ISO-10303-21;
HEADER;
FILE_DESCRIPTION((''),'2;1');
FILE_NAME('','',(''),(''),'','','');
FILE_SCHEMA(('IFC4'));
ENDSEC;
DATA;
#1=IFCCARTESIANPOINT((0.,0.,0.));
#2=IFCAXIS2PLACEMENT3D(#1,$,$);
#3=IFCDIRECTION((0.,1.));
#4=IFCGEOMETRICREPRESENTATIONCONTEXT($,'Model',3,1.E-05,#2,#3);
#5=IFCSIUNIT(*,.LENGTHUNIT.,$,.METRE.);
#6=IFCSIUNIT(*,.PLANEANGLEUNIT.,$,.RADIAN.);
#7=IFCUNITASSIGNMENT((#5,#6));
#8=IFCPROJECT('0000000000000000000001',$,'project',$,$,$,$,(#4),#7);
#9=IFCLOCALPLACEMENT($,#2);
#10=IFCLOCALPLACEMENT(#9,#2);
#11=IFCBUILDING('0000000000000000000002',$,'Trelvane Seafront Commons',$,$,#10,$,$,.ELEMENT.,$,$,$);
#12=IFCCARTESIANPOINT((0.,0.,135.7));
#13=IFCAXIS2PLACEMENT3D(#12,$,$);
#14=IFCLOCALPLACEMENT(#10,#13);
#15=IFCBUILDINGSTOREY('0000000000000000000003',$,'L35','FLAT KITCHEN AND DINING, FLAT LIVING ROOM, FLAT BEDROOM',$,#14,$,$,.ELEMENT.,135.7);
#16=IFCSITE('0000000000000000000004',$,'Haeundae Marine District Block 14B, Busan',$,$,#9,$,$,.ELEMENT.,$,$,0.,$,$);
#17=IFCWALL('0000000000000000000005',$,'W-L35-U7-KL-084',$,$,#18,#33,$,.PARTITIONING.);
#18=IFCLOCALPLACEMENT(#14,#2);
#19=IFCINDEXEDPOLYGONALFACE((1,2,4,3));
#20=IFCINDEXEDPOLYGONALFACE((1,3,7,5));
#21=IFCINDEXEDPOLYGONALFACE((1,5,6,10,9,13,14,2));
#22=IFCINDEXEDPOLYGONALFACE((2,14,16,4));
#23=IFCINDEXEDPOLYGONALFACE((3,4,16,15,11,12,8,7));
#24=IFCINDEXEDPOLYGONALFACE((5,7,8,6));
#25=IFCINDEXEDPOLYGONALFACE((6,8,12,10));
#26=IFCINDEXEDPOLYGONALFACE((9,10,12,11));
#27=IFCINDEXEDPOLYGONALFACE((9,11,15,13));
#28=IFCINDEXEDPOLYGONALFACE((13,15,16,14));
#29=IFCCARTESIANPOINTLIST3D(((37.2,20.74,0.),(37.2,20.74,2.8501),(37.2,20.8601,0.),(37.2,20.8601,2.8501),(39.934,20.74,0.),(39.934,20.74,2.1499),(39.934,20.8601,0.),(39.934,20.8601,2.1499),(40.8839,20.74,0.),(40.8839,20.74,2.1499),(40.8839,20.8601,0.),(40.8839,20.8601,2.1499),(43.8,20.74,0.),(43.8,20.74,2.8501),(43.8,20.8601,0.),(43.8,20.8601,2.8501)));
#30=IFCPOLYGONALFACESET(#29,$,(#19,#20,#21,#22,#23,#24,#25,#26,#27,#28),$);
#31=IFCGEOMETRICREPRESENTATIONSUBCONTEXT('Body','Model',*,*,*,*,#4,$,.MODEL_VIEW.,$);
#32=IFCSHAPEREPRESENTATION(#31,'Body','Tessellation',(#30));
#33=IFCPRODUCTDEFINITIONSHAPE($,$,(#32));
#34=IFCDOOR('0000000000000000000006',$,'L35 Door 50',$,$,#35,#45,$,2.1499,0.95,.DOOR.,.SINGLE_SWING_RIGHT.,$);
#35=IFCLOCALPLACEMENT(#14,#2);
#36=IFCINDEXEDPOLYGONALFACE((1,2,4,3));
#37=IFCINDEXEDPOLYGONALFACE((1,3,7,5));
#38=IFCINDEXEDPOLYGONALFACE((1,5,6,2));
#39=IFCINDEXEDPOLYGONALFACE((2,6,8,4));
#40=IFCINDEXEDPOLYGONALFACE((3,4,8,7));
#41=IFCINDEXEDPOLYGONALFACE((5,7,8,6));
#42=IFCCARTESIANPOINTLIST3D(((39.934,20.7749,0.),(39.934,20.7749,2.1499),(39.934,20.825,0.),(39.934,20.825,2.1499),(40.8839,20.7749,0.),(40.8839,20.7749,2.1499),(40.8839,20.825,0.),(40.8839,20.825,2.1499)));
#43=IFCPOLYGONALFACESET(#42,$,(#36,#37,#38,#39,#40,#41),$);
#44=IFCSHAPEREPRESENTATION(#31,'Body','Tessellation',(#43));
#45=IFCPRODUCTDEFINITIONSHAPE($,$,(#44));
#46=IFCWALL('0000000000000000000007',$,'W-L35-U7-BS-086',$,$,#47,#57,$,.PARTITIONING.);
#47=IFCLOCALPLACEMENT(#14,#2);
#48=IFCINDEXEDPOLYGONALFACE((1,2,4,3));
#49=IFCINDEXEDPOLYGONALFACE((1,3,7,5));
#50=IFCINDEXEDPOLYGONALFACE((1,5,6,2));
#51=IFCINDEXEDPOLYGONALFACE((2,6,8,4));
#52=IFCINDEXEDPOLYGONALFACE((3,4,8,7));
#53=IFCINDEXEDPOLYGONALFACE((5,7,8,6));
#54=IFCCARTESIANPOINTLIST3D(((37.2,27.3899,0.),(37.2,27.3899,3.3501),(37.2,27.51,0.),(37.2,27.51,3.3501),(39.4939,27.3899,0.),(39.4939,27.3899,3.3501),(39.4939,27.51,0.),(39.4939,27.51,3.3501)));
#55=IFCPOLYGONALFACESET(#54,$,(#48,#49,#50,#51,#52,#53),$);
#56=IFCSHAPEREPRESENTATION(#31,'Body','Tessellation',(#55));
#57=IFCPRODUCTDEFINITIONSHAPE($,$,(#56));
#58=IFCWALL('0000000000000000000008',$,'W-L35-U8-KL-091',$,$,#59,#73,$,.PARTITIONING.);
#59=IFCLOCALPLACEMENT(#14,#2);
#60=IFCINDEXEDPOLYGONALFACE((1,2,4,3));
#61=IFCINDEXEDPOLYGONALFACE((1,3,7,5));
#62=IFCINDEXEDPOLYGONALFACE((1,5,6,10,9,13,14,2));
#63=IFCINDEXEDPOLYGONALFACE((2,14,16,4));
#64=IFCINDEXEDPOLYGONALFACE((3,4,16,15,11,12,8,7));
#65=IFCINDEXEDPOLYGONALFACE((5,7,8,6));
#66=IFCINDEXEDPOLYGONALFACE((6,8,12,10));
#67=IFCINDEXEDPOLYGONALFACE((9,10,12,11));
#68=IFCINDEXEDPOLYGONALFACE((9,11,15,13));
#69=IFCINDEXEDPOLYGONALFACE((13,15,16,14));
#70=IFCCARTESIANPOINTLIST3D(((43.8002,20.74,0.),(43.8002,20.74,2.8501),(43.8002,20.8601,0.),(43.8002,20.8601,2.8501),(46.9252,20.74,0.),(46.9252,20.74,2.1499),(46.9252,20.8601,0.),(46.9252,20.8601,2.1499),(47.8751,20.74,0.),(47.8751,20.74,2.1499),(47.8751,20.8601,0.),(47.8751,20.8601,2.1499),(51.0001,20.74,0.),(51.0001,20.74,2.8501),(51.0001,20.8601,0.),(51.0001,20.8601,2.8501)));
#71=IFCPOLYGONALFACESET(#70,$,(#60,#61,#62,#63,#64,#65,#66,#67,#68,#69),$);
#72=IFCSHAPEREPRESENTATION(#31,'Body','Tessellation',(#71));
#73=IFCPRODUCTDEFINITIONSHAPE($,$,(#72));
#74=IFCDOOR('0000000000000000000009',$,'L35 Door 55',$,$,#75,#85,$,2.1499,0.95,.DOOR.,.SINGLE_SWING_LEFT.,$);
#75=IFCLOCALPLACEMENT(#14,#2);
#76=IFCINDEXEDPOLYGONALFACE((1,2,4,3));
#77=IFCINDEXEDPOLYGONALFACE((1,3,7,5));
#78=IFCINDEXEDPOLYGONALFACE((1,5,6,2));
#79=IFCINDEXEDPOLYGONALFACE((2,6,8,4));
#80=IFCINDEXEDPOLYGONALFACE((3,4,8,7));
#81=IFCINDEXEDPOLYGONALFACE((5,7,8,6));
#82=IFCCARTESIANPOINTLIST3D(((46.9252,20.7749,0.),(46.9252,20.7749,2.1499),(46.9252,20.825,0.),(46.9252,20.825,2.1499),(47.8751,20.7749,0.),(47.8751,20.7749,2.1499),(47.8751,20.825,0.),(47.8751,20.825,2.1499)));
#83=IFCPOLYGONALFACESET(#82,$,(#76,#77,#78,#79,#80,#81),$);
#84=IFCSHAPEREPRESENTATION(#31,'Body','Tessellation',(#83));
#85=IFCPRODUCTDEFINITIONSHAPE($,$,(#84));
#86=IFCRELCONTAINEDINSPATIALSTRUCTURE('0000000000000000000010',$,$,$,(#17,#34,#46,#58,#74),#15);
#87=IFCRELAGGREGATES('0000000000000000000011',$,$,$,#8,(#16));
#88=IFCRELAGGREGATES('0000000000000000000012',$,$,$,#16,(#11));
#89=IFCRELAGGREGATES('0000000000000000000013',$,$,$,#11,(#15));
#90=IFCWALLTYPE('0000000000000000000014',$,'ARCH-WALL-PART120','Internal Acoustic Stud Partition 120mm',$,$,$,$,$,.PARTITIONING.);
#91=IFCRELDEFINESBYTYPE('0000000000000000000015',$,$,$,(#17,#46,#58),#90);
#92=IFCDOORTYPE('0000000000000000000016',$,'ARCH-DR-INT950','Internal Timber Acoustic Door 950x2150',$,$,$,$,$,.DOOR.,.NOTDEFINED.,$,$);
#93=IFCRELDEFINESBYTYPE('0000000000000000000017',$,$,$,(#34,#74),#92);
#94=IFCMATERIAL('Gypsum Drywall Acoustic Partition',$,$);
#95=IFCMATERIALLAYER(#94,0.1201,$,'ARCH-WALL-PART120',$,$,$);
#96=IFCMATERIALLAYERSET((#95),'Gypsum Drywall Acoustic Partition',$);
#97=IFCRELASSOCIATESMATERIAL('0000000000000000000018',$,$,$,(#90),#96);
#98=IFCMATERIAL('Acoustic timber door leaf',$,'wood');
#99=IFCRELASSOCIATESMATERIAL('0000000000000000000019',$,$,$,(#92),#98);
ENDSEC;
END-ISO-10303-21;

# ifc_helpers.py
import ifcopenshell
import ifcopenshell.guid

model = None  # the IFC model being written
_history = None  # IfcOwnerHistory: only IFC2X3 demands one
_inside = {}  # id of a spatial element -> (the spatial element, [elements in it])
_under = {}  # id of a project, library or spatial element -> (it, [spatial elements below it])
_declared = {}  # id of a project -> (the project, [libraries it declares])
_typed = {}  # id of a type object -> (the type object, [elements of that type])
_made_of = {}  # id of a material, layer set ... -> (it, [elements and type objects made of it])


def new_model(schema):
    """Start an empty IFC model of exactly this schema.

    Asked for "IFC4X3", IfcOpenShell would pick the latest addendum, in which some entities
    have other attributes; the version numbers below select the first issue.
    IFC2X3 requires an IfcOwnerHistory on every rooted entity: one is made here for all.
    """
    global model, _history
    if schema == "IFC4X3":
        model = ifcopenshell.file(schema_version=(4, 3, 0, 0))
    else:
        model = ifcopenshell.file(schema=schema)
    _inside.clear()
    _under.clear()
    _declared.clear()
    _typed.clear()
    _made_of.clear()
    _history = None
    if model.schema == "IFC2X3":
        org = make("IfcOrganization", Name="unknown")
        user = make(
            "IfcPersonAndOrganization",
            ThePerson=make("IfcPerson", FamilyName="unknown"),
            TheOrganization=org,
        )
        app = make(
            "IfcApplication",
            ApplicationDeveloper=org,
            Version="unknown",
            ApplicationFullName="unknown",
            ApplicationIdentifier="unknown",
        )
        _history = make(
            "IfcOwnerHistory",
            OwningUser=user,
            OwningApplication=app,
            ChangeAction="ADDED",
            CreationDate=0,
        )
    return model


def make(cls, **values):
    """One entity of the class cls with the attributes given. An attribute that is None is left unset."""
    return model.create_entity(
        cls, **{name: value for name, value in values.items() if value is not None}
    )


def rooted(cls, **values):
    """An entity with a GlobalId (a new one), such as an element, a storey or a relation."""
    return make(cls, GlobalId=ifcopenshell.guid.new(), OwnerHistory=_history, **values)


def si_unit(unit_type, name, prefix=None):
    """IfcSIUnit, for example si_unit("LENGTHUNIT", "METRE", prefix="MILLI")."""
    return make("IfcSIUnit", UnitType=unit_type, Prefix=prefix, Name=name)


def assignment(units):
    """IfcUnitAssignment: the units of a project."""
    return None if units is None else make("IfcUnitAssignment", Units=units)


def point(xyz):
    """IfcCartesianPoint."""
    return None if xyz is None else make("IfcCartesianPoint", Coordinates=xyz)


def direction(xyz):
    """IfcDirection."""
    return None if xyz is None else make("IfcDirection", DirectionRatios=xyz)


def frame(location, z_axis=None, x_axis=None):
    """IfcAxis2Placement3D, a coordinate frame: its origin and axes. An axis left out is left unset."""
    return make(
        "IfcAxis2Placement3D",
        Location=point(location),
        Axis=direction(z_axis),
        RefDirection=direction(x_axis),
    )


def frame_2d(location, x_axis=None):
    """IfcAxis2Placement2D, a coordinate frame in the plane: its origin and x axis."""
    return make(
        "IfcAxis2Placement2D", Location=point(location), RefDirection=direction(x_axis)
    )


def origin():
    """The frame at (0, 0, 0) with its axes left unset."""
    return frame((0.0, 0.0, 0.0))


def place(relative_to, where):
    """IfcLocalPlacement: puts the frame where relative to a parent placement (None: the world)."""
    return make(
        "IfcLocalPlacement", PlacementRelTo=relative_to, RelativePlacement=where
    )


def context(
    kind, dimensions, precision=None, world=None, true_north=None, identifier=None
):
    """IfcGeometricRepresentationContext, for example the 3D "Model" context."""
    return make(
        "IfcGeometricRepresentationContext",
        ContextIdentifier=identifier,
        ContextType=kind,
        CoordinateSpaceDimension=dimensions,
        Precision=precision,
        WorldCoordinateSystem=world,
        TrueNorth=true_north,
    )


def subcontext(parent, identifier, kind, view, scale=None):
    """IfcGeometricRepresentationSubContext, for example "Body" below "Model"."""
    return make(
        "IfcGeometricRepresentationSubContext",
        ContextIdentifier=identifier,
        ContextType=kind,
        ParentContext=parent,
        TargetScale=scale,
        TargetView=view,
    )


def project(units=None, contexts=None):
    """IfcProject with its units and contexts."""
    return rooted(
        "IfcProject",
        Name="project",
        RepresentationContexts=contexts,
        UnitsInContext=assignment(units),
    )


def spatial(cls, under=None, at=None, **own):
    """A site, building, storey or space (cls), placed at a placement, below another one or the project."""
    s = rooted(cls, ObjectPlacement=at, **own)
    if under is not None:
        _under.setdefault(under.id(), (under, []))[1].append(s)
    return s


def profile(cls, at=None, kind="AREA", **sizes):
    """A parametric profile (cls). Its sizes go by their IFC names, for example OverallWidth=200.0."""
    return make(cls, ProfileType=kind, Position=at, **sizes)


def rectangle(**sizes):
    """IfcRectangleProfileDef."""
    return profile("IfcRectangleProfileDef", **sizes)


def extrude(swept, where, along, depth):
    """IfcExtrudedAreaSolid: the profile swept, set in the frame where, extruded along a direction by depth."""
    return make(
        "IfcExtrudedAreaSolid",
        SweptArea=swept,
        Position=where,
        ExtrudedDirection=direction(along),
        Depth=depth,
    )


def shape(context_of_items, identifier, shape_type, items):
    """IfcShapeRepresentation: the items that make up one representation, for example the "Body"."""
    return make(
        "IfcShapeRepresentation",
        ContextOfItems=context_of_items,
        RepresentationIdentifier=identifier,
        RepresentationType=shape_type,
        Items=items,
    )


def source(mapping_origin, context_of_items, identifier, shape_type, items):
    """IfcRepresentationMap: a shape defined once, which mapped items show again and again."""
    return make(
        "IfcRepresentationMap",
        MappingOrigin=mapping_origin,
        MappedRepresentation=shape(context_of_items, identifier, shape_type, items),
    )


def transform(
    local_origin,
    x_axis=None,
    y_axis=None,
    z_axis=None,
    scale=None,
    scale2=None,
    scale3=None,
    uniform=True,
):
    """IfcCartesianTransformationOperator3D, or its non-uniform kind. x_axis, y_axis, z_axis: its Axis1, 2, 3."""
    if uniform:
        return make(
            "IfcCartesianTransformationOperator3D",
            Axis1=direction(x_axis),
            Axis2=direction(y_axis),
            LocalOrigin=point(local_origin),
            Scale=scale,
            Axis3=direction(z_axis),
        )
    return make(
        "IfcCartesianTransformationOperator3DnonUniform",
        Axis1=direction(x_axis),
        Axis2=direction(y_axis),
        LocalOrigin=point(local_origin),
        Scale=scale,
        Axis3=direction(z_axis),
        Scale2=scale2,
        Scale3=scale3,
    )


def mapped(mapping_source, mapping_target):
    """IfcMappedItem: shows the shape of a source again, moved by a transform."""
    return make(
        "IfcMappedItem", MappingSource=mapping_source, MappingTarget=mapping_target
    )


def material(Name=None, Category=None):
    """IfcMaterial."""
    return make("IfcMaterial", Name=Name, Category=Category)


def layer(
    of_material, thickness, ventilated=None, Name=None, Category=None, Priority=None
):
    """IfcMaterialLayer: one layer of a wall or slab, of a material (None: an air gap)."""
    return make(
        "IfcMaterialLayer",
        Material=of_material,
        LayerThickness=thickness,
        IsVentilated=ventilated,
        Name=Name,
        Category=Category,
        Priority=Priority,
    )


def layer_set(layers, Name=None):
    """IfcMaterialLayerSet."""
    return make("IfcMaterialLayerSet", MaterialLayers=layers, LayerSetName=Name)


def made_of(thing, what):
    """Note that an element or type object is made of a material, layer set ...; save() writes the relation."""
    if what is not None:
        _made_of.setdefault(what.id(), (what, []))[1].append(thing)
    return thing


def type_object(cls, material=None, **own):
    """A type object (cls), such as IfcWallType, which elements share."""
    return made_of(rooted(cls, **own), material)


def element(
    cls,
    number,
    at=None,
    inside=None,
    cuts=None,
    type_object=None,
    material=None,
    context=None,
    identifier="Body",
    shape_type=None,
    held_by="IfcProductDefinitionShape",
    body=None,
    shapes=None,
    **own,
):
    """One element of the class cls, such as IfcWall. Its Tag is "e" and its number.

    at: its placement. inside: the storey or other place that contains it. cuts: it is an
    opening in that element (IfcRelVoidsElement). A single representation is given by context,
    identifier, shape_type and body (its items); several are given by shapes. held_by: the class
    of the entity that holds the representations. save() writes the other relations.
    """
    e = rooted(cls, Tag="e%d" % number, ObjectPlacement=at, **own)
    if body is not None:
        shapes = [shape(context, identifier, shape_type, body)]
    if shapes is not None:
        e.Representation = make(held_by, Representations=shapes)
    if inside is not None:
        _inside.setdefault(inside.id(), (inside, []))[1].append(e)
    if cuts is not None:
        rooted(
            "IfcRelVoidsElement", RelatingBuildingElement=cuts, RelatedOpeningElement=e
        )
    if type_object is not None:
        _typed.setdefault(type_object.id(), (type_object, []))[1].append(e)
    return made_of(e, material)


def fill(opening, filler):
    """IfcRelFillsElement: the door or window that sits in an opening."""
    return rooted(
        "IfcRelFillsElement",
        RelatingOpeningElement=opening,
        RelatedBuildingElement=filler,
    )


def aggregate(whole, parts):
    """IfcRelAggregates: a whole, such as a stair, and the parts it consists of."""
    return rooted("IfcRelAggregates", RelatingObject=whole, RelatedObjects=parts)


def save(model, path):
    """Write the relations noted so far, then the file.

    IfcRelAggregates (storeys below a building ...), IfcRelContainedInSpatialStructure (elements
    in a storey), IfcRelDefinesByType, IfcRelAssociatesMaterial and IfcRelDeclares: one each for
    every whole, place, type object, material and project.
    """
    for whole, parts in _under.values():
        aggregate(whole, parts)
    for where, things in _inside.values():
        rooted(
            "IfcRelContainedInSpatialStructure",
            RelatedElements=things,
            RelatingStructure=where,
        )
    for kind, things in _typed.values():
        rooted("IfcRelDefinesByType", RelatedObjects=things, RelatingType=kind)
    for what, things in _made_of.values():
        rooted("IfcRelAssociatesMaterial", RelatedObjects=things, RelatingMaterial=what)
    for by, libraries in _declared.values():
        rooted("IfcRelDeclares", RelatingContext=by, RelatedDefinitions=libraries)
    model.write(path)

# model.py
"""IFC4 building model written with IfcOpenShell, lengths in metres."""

from ifc_helpers import new_model, si_unit, direction, frame, frame_2d, origin, place, context, subcontext, project, spatial, rectangle, extrude, source, transform, mapped, material, layer, layer_set, type_object, element, fill, save


model = new_model("IFC4")

# Units and contexts
model_context = context("Model", 3, precision=1e-05, world=origin(), true_north=direction((0.0, 1.0)))
body_context = subcontext(model_context, "Body", "Model", "MODEL_VIEW")
ifc_project = project(units=[si_unit("LENGTHUNIT", "METRE"), si_unit("PLANEANGLEUNIT", "RADIAN")], contexts=[model_context])

# Site, building, storey
site_placement = place(None, origin())
site = spatial("IfcSite", under=ifc_project, at=site_placement, Name="Haeundae Marine District Block 14B, Busan", CompositionType="ELEMENT", RefElevation=0.0)
building_placement = place(site_placement, origin())
building = spatial("IfcBuilding", under=site, at=building_placement, Name="Trelvane Seafront Commons", CompositionType="ELEMENT")
storey_placement = place(building_placement, frame((0.0, 0.0, 135.7)))
storey = spatial("IfcBuildingStorey", under=building, at=storey_placement, Name="L35", Description="FLAT KITCHEN AND DINING, FLAT LIVING ROOM, FLAT BEDROOM", CompositionType="ELEMENT", Elevation=135.7)

# Wall, opening, door
ifc_material_1 = material(Name="Gypsum Drywall Acoustic Partition")
ifc_layer = layer(ifc_material_1, 0.1201, Name="ARCH-WALL-PART120")
ifc_layer_set = layer_set([ifc_layer], Name="Gypsum Drywall Acoustic Partition")
wall_type = type_object("IfcWallType", Name="ARCH-WALL-PART120", Description="Internal Acoustic Stud Partition 120mm", PredefinedType="PARTITIONING", material=ifc_layer_set)
wall_1_placement = place(storey_placement, frame((37.2, 20.8, 0.0), z_axis=(0.0, 0.0, 1.0), x_axis=(1.0, 0.0, 0.0)))
wall_1 = element("IfcWall", 1, at=wall_1_placement, inside=storey, type_object=wall_type, Name="W-L35-U7-KL-084", PredefinedType="PARTITIONING", context=body_context, shape_type="SweptSolid", body=[
    extrude(rectangle(XDim=6.6001, YDim=0.1201, at=frame_2d((3.3, 0.0))), origin(), (0.0, 0.0, 1.0), 2.8501),
])
opening_1_placement = place(wall_1_placement, frame((2.7339, 0.0, 0.0)))
opening_1 = element("IfcOpeningElement", 2, at=opening_1_placement, cuts=wall_1, PredefinedType="OPENING", context=body_context, shape_type="SweptSolid", body=[
    extrude(rectangle(XDim=0.95, YDim=2.1499, at=frame_2d((0.4751, 1.075))), frame((0.0, 0.0701, 0.0), z_axis=(0.0, -1.0, 0.0), x_axis=(1.0, 0.0, 0.0)), (0.0, 0.0, 1.0), 0.1401),
])
ifc_material_2 = material(Name="Acoustic timber door leaf", Category="wood")
door_type = type_object("IfcDoorType", Name="ARCH-DR-INT950", Description="Internal Timber Acoustic Door 950x2150", OperationType="NOTDEFINED", PredefinedType="DOOR", material=ifc_material_2)
shared_shape_1 = source(origin(), body_context, "Body", "SweptSolid", [
    extrude(rectangle(XDim=0.95, YDim=2.1499, at=frame_2d((0.4751, 1.075))), frame((0.0, 0.0249, 0.0), z_axis=(0.0, -1.0, 0.0), x_axis=(1.0, 0.0, 0.0)), (0.0, 0.0, 1.0), 0.05),
])
door_1_placement = place(opening_1_placement, origin())
door_1 = element("IfcDoor", 3, at=door_1_placement, inside=storey, type_object=door_type, Name="L35 Door 50", OperationType="SINGLE_SWING_RIGHT", OverallHeight=2.1499, OverallWidth=0.95, PredefinedType="DOOR", context=body_context, shape_type="MappedRepresentation", body=[
    mapped(shared_shape_1, transform((0.0, 0.0, 0.0), x_axis=(1.0, 0.0, 0.0), y_axis=(0.0, 1.0, 0.0), z_axis=(0.0, 0.0, 1.0), scale=1.0)),
])
fill(opening_1, door_1)

# Wall
wall_2_placement = place(storey_placement, frame((37.2, 27.45, 0.0), z_axis=(0.0, 0.0, 1.0), x_axis=(1.0, 0.0, 0.0)))
element("IfcWall", 4, at=wall_2_placement, inside=storey, type_object=wall_type, Name="W-L35-U7-BS-086", PredefinedType="PARTITIONING", context=body_context, shape_type="SweptSolid", body=[
    extrude(rectangle(XDim=2.2939, YDim=0.1201, at=frame_2d((1.147, 0.0))), origin(), (0.0, 0.0, 1.0), 3.3501),
])

# Wall, opening, door
wall_3_placement = place(storey_placement, frame((43.8, 20.8, 0.0), z_axis=(0.0, 0.0, 1.0), x_axis=(1.0, 0.0, 0.0)))
wall_3 = element("IfcWall", 5, at=wall_3_placement, inside=storey, type_object=wall_type, Name="W-L35-U8-KL-091", PredefinedType="PARTITIONING", context=body_context, shape_type="SweptSolid", body=[
    extrude(rectangle(XDim=7.2, YDim=0.1201, at=frame_2d((3.6001, 0.0))), origin(), (0.0, 0.0, 1.0), 2.8501),
])
opening_2_placement = place(wall_3_placement, frame((3.125, 0.0, 0.0)))
opening_2 = element("IfcOpeningElement", 6, at=opening_2_placement, cuts=wall_3, PredefinedType="OPENING", context=body_context, shape_type="SweptSolid", body=[
    extrude(rectangle(XDim=0.95, YDim=2.1499, at=frame_2d((0.4751, 1.075))), frame((0.0, 0.0701, 0.0), z_axis=(0.0, -1.0, 0.0), x_axis=(1.0, 0.0, 0.0)), (0.0, 0.0, 1.0), 0.1401),
])
door_2_placement = place(opening_2_placement, origin())
door_2 = element("IfcDoor", 7, at=door_2_placement, inside=storey, type_object=door_type, Name="L35 Door 55", OperationType="SINGLE_SWING_LEFT", OverallHeight=2.1499, OverallWidth=0.95, PredefinedType="DOOR", context=body_context, shape_type="MappedRepresentation", body=[
    mapped(shared_shape_1, transform((0.0, 0.0, 0.0), x_axis=(1.0, 0.0, 0.0), y_axis=(0.0, 1.0, 0.0), z_axis=(0.0, 0.0, 1.0), scale=1.0)),
])
fill(opening_2, door_2)

save(model, "model.ifc")
